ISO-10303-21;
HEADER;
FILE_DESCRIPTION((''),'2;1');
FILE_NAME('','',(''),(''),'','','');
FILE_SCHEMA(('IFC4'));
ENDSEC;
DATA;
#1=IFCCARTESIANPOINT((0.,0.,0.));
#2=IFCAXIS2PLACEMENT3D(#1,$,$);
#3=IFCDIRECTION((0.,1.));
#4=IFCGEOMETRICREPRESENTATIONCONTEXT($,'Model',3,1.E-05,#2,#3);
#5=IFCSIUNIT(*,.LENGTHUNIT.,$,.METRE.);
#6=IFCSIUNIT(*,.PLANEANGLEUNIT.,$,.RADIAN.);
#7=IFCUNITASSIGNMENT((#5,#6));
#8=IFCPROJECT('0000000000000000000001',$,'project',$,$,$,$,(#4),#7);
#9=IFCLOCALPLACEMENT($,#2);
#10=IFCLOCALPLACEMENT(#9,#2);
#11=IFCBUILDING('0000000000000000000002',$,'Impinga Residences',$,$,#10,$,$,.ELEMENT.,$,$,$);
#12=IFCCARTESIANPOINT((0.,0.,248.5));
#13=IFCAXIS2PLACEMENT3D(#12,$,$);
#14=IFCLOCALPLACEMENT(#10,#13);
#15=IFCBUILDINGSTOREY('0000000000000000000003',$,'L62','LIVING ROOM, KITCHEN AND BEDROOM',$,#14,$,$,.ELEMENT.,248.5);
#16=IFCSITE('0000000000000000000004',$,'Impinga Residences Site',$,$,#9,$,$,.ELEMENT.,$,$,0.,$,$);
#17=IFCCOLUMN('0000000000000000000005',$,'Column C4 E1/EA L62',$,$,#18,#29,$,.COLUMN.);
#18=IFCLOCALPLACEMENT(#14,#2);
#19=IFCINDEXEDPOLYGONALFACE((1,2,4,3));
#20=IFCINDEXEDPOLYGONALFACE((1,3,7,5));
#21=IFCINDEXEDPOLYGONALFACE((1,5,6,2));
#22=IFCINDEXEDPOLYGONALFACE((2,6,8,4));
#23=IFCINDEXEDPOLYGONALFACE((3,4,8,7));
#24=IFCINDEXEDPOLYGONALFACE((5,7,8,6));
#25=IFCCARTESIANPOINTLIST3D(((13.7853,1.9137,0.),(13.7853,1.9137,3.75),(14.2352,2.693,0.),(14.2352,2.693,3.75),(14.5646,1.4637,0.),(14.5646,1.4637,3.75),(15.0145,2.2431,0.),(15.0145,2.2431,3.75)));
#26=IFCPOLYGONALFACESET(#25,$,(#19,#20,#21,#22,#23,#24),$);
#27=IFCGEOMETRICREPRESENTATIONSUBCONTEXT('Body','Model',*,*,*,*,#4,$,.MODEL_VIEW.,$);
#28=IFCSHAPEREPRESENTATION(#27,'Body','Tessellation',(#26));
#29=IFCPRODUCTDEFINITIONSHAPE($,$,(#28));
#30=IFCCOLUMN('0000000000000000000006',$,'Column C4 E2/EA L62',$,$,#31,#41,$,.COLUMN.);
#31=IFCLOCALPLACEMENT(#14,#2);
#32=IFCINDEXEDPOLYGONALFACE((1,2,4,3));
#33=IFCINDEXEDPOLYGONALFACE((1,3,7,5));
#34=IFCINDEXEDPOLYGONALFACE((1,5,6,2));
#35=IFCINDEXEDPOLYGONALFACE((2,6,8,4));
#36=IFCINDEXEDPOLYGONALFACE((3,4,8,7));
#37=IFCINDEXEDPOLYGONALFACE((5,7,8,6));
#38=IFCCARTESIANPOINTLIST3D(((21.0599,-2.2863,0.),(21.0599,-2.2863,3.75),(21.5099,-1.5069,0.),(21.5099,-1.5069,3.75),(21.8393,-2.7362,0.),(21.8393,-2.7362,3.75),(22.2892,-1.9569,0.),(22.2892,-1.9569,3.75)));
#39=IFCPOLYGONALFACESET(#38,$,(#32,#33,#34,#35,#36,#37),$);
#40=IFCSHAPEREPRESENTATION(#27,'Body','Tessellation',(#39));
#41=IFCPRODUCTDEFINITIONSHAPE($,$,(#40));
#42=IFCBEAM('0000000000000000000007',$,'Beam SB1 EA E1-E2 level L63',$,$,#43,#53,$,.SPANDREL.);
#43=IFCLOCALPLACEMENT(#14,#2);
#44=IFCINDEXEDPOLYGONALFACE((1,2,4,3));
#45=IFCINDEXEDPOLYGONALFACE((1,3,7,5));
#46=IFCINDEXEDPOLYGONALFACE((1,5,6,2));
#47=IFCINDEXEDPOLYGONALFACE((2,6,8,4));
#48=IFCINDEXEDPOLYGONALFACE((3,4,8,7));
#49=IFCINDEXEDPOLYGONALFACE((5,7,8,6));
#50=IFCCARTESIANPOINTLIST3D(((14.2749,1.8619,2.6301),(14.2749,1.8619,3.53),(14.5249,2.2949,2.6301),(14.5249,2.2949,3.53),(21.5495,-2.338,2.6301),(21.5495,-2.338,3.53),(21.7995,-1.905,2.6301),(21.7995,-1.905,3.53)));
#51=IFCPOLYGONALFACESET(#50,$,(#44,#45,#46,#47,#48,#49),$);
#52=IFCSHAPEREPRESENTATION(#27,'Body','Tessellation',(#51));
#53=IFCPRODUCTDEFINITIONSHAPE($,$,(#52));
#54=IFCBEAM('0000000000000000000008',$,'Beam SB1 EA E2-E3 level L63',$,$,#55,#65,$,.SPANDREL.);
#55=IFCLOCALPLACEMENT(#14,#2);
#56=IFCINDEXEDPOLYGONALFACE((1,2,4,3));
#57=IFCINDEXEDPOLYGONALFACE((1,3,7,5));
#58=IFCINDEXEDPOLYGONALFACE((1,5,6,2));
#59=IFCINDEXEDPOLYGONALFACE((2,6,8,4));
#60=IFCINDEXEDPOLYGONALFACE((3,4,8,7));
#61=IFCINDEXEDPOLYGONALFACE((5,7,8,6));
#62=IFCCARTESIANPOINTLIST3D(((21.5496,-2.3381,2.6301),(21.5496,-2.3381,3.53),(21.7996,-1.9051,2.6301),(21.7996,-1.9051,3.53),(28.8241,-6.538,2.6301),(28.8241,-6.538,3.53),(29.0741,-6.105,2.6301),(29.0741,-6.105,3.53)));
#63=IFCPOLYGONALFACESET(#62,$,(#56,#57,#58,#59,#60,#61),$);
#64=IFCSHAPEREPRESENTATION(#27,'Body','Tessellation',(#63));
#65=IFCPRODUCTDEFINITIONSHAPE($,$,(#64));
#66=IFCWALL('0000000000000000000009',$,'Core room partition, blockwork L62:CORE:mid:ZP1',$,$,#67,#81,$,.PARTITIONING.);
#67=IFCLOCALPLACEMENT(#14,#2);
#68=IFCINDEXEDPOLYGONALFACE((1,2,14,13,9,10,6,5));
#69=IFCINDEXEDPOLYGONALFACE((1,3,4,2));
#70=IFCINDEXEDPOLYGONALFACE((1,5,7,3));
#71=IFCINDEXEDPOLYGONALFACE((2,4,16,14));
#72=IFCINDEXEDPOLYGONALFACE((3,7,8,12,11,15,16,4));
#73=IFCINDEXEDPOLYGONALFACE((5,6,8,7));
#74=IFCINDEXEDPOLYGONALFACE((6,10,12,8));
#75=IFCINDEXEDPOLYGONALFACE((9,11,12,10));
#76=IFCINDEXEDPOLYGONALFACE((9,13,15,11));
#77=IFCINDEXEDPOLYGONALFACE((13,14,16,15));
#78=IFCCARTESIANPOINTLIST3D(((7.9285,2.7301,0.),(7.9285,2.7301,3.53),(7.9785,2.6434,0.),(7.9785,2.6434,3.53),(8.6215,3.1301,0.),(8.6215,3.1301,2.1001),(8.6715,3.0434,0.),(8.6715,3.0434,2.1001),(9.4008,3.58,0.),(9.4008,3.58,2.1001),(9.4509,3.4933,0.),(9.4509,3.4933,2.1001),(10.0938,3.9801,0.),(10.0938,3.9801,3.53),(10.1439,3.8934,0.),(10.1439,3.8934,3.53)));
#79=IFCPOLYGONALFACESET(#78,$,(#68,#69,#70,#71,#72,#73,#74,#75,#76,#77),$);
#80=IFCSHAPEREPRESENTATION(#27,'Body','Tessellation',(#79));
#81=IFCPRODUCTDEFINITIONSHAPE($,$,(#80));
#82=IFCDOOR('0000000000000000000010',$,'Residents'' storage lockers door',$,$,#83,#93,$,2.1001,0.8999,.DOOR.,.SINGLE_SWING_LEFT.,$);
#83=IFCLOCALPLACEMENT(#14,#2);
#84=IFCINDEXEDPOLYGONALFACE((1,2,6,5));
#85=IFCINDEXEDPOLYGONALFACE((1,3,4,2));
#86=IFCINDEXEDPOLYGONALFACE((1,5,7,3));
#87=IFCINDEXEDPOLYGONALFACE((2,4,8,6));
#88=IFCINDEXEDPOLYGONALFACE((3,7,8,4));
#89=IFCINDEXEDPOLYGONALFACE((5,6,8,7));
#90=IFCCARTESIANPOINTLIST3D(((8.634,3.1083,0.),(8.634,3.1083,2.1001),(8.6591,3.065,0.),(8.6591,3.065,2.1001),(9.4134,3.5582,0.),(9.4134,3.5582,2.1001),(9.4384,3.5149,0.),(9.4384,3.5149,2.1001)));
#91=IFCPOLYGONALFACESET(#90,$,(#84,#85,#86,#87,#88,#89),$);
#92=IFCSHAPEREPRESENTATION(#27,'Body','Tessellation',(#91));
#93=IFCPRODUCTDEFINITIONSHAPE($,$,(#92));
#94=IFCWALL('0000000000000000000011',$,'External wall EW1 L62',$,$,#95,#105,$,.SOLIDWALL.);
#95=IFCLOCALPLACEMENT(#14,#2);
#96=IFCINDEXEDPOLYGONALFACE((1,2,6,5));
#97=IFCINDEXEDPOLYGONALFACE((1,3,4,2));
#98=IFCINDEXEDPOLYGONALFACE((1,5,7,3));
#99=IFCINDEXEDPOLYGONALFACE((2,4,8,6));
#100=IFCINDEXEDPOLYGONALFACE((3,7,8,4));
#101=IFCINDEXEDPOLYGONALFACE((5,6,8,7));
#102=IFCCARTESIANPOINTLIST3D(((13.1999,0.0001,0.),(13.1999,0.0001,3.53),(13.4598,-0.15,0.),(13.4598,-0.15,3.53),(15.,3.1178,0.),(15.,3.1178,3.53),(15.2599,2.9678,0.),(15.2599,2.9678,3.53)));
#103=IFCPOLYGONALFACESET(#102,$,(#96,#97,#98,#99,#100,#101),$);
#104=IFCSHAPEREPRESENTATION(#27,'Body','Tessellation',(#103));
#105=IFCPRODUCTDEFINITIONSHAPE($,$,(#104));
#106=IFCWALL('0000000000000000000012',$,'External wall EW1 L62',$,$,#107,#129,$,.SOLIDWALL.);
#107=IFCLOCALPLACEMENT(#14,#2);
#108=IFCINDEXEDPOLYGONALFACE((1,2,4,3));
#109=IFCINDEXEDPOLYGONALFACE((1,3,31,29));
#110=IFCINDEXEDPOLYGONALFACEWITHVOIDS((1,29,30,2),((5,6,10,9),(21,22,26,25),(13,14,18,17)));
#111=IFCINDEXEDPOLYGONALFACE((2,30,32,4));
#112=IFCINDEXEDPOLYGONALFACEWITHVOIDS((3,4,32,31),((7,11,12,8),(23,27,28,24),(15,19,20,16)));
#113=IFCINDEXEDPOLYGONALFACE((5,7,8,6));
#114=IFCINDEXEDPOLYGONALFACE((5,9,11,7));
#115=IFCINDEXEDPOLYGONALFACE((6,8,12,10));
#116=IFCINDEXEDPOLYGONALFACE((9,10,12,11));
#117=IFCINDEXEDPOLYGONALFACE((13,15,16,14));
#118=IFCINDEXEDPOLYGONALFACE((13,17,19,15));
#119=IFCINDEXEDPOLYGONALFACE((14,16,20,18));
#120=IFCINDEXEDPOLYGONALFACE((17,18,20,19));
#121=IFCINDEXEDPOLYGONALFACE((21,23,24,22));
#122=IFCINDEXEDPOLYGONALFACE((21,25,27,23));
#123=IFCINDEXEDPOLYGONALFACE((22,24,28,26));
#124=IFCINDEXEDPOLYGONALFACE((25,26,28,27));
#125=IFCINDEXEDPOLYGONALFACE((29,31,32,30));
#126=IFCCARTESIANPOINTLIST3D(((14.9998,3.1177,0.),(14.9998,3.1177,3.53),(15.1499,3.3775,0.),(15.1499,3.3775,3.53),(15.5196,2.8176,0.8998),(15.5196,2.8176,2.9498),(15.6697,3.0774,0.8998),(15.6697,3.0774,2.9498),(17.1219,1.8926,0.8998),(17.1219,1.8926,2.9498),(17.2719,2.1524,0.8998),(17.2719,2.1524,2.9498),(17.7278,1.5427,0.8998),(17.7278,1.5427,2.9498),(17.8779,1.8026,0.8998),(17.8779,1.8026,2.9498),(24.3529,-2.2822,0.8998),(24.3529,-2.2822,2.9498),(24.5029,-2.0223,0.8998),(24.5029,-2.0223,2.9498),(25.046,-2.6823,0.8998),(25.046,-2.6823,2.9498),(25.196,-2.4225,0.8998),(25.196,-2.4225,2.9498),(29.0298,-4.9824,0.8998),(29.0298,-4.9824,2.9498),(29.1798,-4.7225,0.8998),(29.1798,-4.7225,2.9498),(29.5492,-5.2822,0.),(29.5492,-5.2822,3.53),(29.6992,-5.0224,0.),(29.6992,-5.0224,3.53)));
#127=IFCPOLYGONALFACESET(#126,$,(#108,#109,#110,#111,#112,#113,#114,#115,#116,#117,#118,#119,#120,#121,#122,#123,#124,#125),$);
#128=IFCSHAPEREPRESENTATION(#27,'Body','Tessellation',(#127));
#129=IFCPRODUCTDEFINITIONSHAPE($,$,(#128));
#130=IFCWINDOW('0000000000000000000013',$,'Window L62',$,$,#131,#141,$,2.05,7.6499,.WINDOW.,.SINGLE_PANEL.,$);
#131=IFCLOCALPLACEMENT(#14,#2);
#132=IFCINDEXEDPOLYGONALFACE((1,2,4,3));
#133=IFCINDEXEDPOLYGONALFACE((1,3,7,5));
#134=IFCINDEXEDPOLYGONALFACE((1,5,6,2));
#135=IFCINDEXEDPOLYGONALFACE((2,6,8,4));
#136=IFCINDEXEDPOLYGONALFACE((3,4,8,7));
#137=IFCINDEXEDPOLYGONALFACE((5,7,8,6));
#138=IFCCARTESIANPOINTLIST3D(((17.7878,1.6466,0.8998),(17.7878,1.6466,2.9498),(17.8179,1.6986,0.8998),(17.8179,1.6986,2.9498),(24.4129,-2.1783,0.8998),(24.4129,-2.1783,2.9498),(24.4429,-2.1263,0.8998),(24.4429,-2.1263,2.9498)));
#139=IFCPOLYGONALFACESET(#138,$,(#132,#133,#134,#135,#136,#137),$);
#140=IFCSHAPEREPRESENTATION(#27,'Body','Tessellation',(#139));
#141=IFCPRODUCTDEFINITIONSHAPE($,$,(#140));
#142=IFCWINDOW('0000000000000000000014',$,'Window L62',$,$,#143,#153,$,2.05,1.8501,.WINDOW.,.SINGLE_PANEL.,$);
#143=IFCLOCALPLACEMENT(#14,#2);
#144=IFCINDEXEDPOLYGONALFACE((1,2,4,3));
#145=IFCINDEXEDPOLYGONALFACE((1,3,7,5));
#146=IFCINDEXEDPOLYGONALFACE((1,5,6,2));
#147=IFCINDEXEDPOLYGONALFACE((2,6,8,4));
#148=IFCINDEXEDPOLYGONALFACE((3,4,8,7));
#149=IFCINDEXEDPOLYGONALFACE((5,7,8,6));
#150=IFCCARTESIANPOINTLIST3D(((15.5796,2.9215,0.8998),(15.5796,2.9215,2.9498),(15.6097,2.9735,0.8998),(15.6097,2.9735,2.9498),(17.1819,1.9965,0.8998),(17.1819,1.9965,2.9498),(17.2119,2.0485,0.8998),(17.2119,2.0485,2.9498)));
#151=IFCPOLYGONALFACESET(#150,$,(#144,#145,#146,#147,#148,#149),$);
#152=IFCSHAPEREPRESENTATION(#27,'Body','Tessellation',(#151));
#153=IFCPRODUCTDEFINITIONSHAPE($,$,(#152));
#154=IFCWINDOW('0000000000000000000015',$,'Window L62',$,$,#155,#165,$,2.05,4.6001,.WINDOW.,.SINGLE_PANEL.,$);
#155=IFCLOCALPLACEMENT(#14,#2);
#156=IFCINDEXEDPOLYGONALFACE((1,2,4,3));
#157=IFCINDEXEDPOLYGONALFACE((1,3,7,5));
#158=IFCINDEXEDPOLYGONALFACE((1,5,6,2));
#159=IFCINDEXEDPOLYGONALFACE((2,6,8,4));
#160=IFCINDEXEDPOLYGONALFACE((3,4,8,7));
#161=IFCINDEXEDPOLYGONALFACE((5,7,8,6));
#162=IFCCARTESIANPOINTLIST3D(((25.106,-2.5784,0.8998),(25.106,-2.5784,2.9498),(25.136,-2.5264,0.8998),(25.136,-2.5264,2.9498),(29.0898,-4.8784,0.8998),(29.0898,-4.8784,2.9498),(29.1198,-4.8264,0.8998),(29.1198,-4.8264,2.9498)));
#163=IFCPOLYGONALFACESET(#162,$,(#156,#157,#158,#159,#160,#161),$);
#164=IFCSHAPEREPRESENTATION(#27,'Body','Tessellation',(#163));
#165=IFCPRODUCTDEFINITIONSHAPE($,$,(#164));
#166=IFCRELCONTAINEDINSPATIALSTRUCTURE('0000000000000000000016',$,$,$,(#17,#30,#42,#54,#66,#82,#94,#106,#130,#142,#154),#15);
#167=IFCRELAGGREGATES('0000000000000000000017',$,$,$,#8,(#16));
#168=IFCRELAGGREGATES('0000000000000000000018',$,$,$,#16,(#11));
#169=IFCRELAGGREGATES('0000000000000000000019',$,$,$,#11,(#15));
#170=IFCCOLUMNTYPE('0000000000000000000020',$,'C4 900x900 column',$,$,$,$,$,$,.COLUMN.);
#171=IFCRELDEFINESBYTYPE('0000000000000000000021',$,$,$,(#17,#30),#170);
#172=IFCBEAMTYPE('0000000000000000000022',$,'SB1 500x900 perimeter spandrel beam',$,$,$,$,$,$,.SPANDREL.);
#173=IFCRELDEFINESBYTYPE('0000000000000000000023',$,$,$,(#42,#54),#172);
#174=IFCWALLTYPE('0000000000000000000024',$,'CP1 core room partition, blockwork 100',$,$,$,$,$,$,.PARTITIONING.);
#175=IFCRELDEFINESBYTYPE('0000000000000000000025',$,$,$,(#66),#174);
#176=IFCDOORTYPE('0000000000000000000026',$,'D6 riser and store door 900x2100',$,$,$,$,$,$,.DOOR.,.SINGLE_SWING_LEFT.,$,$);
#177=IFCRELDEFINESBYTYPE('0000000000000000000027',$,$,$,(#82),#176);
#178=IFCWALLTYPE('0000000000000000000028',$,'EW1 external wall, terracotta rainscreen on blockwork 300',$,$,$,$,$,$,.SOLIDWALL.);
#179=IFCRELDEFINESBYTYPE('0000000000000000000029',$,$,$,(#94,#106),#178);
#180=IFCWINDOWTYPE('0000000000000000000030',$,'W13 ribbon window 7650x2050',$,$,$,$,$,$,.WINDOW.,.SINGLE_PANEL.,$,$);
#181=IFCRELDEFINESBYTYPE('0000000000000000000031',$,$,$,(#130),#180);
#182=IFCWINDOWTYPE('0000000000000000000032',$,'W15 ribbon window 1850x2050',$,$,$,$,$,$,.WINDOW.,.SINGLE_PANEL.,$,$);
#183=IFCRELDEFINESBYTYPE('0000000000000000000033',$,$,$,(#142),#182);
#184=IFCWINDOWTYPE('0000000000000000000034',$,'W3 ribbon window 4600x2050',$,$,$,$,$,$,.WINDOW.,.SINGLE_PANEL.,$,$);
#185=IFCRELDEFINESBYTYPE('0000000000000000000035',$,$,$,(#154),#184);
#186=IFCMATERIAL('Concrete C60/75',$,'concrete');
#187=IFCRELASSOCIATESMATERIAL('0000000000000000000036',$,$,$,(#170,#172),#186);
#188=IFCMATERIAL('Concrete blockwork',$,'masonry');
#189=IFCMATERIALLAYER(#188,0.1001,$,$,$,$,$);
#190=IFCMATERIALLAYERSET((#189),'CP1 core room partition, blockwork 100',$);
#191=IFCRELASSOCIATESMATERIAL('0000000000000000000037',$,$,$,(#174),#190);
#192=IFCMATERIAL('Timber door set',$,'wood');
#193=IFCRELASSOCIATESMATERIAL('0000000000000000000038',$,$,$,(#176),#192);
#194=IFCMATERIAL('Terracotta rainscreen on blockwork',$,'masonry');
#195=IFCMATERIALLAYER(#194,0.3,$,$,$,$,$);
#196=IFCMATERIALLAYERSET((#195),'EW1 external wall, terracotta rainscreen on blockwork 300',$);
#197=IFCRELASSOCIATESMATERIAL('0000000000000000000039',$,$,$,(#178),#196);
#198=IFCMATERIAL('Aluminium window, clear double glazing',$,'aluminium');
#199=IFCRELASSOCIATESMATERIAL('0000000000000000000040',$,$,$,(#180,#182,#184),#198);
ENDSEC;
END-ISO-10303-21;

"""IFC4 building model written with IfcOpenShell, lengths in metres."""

from ifc_helpers import new_model, si_unit, direction, frame, frame_2d, origin, origin_2d, place, context, subcontext, project, spatial, rectangle, extrude, material, layer, layer_set, material_profile, profile_set, type_object, element, fill, save


model = new_model("IFC4")

# Units and contexts
model_context = context("Model", 3, precision=1e-05, world=origin(), true_north=direction((0.0, 1.0)))
body_context = subcontext(model_context, "Body", "Model", "MODEL_VIEW")
ifc_project = project(units=[si_unit("LENGTHUNIT", "METRE"), si_unit("PLANEANGLEUNIT", "RADIAN")], contexts=[model_context])

# Site, building, storey
site_placement = place(None, origin())
site = spatial("IfcSite", under=ifc_project, at=site_placement, Name="Impinga Residences Site", CompositionType="ELEMENT", RefElevation=0.0)
building_placement = place(site_placement, origin())
building = spatial("IfcBuilding", under=site, at=building_placement, Name="Impinga Residences", CompositionType="ELEMENT")
storey_placement = place(building_placement, frame((0.0, 0.0, 248.5)))
storey = spatial("IfcBuildingStorey", under=building, at=storey_placement, Name="L62", Description="LIVING ROOM, KITCHEN AND BEDROOM", CompositionType="ELEMENT", Elevation=248.5)

# Columns
ifc_material_1 = material(Name="Concrete C60/75", Category="concrete")
ifc_material_profile_1 = material_profile(ifc_material_1, rectangle(XDim=0.8999, YDim=0.8999, at=origin_2d()), Name="RC 900x900")
ifc_profile_set_1 = profile_set([ifc_material_profile_1], Name="Concrete C60/75")
column_type = type_object("IfcColumnType", Name="C4 900x900 column", PredefinedType="COLUMN", material=ifc_profile_set_1)
for number, where, z_axis, x_axis, name in (
    (1, (14.3999, 2.0784, 0.0), (0.0, 0.0, 1.0), (-0.5, -0.866025, 0.0), "Column C4 E1/EA L62"),
    (2, (21.6746, -2.1216, 0.0), (0.0, 0.0, 1.0), (-0.5, -0.866025, 0.0), "Column C4 E2/EA L62"),
):
    element("IfcColumn", number, at=place(storey_placement, frame(where, z_axis=z_axis, x_axis=x_axis)), inside=storey, type_object=column_type, Name=name, PredefinedType="COLUMN", context=body_context, shape_type="SweptSolid", body=[
        extrude(rectangle(XDim=0.8999, YDim=0.8999, at=origin_2d()), origin(), (0.0, 0.0, 1.0), 3.75),
    ])

# Beams
ifc_material_profile_2 = material_profile(ifc_material_1, rectangle(XDim=0.5, YDim=0.8999, at=origin_2d()), Name="RC 500x900")
ifc_profile_set_2 = profile_set([ifc_material_profile_2], Name="Concrete C60/75")
beam_type = type_object("IfcBeamType", Name="SB1 500x900 perimeter spandrel beam", PredefinedType="SPANDREL", material=ifc_profile_set_2)
for number, where, z_axis, x_axis, name in (
    (3, (14.3999, 2.0784, 3.0801), (0.866029, -0.499993, 0.0), (0.499993, 0.866029, 0.0), "Beam SB1 EA E1-E2 level L63"),
    (4, (21.6746, -2.1216, 3.0801), (0.866029, -0.499993, 0.0), (0.499993, 0.866029, 0.0), "Beam SB1 EA E2-E3 level L63"),
):
    element("IfcBeam", number, at=place(storey_placement, frame(where, z_axis=z_axis, x_axis=x_axis)), inside=storey, type_object=beam_type, Name=name, PredefinedType="SPANDREL", context=body_context, shape_type="SweptSolid", body=[
        extrude(rectangle(XDim=0.5, YDim=0.8999, at=origin_2d()), origin(), (0.0, 0.0, 1.0), 8.3999),
    ])

# Wall, opening, door
ifc_material_2 = material(Name="Concrete blockwork", Category="masonry")
ifc_layer_1 = layer(ifc_material_2, 0.1001)
ifc_layer_set_1 = layer_set([ifc_layer_1], Name="CP1 core room partition, blockwork 100")
wall_type_1 = type_object("IfcWallType", Name="CP1 core room partition, blockwork 100", PredefinedType="PARTITIONING", material=ifc_layer_set_1)
wall_1_placement = place(storey_placement, frame((7.9536, 2.6868, 0.0), z_axis=(0.0, 0.0, 1.0), x_axis=(0.866047, 0.499962, 0.0)))
wall_1 = element("IfcWall", 5, at=wall_1_placement, inside=storey, type_object=wall_type_1, Name="Core room partition, blockwork L62:CORE:mid:ZP1", PredefinedType="PARTITIONING", context=body_context, shape_type="SweptSolid", body=[
    extrude(rectangle(XDim=2.5002, YDim=0.1001, at=frame_2d((1.25, 0.0))), origin(), (0.0, 0.0, 1.0), 3.53),
])
opening_1_placement = place(wall_1_placement, frame((0.8, 0.0, 0.0)))
opening_1 = element("IfcOpeningElement", 6, at=opening_1_placement, cuts=wall_1, PredefinedType="OPENING", context=body_context, shape_type="SweptSolid", body=[
    extrude(rectangle(XDim=0.8999, YDim=2.1001, at=frame_2d((0.45, 1.05))), frame((0.0, 0.0601, 0.0), z_axis=(0.0, -1.0, 0.0), x_axis=(1.0, 0.0, 0.0)), (0.0, 0.0, 1.0), 0.1201),
])
ifc_material_3 = material(Name="Timber door set", Category="wood")
door_type_1 = type_object("IfcDoorType", Name="D6 riser and store door 900x2100", OperationType="SINGLE_SWING_LEFT", PredefinedType="DOOR", material=ifc_material_3)
door_1_placement = place(opening_1_placement, origin())
door_1 = element("IfcDoor", 7, at=door_1_placement, inside=storey, type_object=door_type_1, Name="Residents' storage lockers door", OperationType="SINGLE_SWING_LEFT", OverallHeight=2.1001, OverallWidth=0.8999, PredefinedType="DOOR", context=body_context, shape_type="SweptSolid", body=[
    extrude(rectangle(XDim=0.8999, YDim=2.1001, at=frame_2d((0.45, 1.05))), frame((0.0, 0.0249, 0.0), z_axis=(0.0, -1.0, 0.0), x_axis=(1.0, 0.0, 0.0)), (0.0, 0.0, 1.0), 0.05),
])
fill(opening_1, door_1)

# Wall
ifc_material_4 = material(Name="Terracotta rainscreen on blockwork", Category="masonry")
ifc_layer_2 = layer(ifc_material_4, 0.3)
ifc_layer_set_2 = layer_set([ifc_layer_2], Name="EW1 external wall, terracotta rainscreen on blockwork 300")
wall_type_2 = type_object("IfcWallType", Name="EW1 external wall, terracotta rainscreen on blockwork 300", PredefinedType="SOLIDWALL", material=ifc_layer_set_2)
wall_2_placement = place(storey_placement, frame((13.3298, -0.075, 0.0), z_axis=(0.0, 0.0, 1.0), x_axis=(0.500012, 0.866018, 0.0)))
element("IfcWall", 8, at=wall_2_placement, inside=storey, type_object=wall_type_2, Name="External wall EW1 L62", PredefinedType="SOLIDWALL", context=body_context, shape_type="SweptSolid", body=[
    extrude(rectangle(XDim=3.6001, YDim=0.3, at=frame_2d((1.8, 0.0))), origin(), (0.0, 0.0, 1.0), 3.53),
])

# Wall, openings, windows
wall_3_placement = place(storey_placement, frame((15.075, 3.2476, 0.0), z_axis=(0.0, 0.0, 1.0), x_axis=(0.866029, -0.499993, 0.0)))
wall_3 = element("IfcWall", 9, at=wall_3_placement, inside=storey, type_object=wall_type_2, Name="External wall EW1 L62", PredefinedType="SOLIDWALL", context=body_context, shape_type="SweptSolid", body=[
    extrude(rectangle(XDim=16.8, YDim=0.3, at=frame_2d((8.3999, 0.0))), origin(), (0.0, 0.0, 1.0), 3.53),
])
opening_2_placement = place(wall_3_placement, frame((0.6001, 0.0, 0.8999)))
opening_2 = element("IfcOpeningElement", 10, at=opening_2_placement, cuts=wall_3, PredefinedType="OPENING", context=body_context, shape_type="SweptSolid", body=[
    extrude(rectangle(XDim=1.8501, YDim=2.05, at=frame_2d((0.925, 1.0249))), frame((0.0, 0.1599, 0.0), z_axis=(0.0, -1.0, 0.0), x_axis=(1.0, 0.0, 0.0)), (0.0, 0.0, 1.0), 0.3201),
])
opening_3_placement = place(wall_3_placement, frame((3.1499, 0.0, 0.8999)))
opening_3 = element("IfcOpeningElement", 11, at=opening_3_placement, cuts=wall_3, PredefinedType="OPENING", context=body_context, shape_type="SweptSolid", body=[
    extrude(rectangle(XDim=7.6499, YDim=2.05, at=frame_2d((3.825, 1.0249))), frame((0.0, 0.1599, 0.0), z_axis=(0.0, -1.0, 0.0), x_axis=(1.0, 0.0, 0.0)), (0.0, 0.0, 1.0), 0.3201),
])
opening_4_placement = place(wall_3_placement, frame((11.6001, 0.0, 0.8999)))
opening_4 = element("IfcOpeningElement", 12, at=opening_4_placement, cuts=wall_3, PredefinedType="OPENING", context=body_context, shape_type="SweptSolid", body=[
    extrude(rectangle(XDim=4.6001, YDim=2.05, at=frame_2d((2.3, 1.0249))), frame((0.0, 0.1599, 0.0), z_axis=(0.0, -1.0, 0.0), x_axis=(1.0, 0.0, 0.0)), (0.0, 0.0, 1.0), 0.3201),
])
ifc_material_5 = material(Name="Aluminium window, clear double glazing", Category="aluminium")
window_type_1 = type_object("IfcWindowType", Name="W13 ribbon window 7650x2050", PartitioningType="SINGLE_PANEL", PredefinedType="WINDOW", material=ifc_material_5)
window_1_placement = place(opening_3_placement, origin())
window_1 = element("IfcWindow", 13, at=window_1_placement, inside=storey, type_object=window_type_1, Name="Window L62", OverallHeight=2.05, OverallWidth=7.6499, PartitioningType="SINGLE_PANEL", PredefinedType="WINDOW", context=body_context, shape_type="SweptSolid", body=[
    extrude(rectangle(XDim=7.6499, YDim=2.05, at=frame_2d((3.825, 1.0249))), frame((0.0, 0.03, 0.0), z_axis=(0.0, -1.0, 0.0), x_axis=(1.0, 0.0, 0.0)), (0.0, 0.0, 1.0), 0.0601),
])
fill(opening_3, window_1)
window_type_2 = type_object("IfcWindowType", Name="W15 ribbon window 1850x2050", PartitioningType="SINGLE_PANEL", PredefinedType="WINDOW", material=ifc_material_5)
window_2_placement = place(opening_2_placement, origin())
window_2 = element("IfcWindow", 14, at=window_2_placement, inside=storey, type_object=window_type_2, Name="Window L62", OverallHeight=2.05, OverallWidth=1.8501, PartitioningType="SINGLE_PANEL", PredefinedType="WINDOW", context=body_context, shape_type="SweptSolid", body=[
    extrude(rectangle(XDim=1.8501, YDim=2.05, at=frame_2d((0.925, 1.0249))), frame((0.0, 0.03, 0.0), z_axis=(0.0, -1.0, 0.0), x_axis=(1.0, 0.0, 0.0)), (0.0, 0.0, 1.0), 0.0601),
])
fill(opening_2, window_2)
window_type_3 = type_object("IfcWindowType", Name="W3 ribbon window 4600x2050", PartitioningType="SINGLE_PANEL", PredefinedType="WINDOW", material=ifc_material_5)
window_3_placement = place(opening_4_placement, origin())
window_3 = element("IfcWindow", 15, at=window_3_placement, inside=storey, type_object=window_type_3, Name="Window L62", OverallHeight=2.05, OverallWidth=4.6001, PartitioningType="SINGLE_PANEL", PredefinedType="WINDOW", context=body_context, shape_type="SweptSolid", body=[
    extrude(rectangle(XDim=4.6001, YDim=2.05, at=frame_2d((2.3, 1.0249))), frame((0.0, 0.03, 0.0), z_axis=(0.0, -1.0, 0.0), x_axis=(1.0, 0.0, 0.0)), (0.0, 0.0, 1.0), 0.0601),
])
fill(opening_4, window_3)

save(model, "model.ifc")
